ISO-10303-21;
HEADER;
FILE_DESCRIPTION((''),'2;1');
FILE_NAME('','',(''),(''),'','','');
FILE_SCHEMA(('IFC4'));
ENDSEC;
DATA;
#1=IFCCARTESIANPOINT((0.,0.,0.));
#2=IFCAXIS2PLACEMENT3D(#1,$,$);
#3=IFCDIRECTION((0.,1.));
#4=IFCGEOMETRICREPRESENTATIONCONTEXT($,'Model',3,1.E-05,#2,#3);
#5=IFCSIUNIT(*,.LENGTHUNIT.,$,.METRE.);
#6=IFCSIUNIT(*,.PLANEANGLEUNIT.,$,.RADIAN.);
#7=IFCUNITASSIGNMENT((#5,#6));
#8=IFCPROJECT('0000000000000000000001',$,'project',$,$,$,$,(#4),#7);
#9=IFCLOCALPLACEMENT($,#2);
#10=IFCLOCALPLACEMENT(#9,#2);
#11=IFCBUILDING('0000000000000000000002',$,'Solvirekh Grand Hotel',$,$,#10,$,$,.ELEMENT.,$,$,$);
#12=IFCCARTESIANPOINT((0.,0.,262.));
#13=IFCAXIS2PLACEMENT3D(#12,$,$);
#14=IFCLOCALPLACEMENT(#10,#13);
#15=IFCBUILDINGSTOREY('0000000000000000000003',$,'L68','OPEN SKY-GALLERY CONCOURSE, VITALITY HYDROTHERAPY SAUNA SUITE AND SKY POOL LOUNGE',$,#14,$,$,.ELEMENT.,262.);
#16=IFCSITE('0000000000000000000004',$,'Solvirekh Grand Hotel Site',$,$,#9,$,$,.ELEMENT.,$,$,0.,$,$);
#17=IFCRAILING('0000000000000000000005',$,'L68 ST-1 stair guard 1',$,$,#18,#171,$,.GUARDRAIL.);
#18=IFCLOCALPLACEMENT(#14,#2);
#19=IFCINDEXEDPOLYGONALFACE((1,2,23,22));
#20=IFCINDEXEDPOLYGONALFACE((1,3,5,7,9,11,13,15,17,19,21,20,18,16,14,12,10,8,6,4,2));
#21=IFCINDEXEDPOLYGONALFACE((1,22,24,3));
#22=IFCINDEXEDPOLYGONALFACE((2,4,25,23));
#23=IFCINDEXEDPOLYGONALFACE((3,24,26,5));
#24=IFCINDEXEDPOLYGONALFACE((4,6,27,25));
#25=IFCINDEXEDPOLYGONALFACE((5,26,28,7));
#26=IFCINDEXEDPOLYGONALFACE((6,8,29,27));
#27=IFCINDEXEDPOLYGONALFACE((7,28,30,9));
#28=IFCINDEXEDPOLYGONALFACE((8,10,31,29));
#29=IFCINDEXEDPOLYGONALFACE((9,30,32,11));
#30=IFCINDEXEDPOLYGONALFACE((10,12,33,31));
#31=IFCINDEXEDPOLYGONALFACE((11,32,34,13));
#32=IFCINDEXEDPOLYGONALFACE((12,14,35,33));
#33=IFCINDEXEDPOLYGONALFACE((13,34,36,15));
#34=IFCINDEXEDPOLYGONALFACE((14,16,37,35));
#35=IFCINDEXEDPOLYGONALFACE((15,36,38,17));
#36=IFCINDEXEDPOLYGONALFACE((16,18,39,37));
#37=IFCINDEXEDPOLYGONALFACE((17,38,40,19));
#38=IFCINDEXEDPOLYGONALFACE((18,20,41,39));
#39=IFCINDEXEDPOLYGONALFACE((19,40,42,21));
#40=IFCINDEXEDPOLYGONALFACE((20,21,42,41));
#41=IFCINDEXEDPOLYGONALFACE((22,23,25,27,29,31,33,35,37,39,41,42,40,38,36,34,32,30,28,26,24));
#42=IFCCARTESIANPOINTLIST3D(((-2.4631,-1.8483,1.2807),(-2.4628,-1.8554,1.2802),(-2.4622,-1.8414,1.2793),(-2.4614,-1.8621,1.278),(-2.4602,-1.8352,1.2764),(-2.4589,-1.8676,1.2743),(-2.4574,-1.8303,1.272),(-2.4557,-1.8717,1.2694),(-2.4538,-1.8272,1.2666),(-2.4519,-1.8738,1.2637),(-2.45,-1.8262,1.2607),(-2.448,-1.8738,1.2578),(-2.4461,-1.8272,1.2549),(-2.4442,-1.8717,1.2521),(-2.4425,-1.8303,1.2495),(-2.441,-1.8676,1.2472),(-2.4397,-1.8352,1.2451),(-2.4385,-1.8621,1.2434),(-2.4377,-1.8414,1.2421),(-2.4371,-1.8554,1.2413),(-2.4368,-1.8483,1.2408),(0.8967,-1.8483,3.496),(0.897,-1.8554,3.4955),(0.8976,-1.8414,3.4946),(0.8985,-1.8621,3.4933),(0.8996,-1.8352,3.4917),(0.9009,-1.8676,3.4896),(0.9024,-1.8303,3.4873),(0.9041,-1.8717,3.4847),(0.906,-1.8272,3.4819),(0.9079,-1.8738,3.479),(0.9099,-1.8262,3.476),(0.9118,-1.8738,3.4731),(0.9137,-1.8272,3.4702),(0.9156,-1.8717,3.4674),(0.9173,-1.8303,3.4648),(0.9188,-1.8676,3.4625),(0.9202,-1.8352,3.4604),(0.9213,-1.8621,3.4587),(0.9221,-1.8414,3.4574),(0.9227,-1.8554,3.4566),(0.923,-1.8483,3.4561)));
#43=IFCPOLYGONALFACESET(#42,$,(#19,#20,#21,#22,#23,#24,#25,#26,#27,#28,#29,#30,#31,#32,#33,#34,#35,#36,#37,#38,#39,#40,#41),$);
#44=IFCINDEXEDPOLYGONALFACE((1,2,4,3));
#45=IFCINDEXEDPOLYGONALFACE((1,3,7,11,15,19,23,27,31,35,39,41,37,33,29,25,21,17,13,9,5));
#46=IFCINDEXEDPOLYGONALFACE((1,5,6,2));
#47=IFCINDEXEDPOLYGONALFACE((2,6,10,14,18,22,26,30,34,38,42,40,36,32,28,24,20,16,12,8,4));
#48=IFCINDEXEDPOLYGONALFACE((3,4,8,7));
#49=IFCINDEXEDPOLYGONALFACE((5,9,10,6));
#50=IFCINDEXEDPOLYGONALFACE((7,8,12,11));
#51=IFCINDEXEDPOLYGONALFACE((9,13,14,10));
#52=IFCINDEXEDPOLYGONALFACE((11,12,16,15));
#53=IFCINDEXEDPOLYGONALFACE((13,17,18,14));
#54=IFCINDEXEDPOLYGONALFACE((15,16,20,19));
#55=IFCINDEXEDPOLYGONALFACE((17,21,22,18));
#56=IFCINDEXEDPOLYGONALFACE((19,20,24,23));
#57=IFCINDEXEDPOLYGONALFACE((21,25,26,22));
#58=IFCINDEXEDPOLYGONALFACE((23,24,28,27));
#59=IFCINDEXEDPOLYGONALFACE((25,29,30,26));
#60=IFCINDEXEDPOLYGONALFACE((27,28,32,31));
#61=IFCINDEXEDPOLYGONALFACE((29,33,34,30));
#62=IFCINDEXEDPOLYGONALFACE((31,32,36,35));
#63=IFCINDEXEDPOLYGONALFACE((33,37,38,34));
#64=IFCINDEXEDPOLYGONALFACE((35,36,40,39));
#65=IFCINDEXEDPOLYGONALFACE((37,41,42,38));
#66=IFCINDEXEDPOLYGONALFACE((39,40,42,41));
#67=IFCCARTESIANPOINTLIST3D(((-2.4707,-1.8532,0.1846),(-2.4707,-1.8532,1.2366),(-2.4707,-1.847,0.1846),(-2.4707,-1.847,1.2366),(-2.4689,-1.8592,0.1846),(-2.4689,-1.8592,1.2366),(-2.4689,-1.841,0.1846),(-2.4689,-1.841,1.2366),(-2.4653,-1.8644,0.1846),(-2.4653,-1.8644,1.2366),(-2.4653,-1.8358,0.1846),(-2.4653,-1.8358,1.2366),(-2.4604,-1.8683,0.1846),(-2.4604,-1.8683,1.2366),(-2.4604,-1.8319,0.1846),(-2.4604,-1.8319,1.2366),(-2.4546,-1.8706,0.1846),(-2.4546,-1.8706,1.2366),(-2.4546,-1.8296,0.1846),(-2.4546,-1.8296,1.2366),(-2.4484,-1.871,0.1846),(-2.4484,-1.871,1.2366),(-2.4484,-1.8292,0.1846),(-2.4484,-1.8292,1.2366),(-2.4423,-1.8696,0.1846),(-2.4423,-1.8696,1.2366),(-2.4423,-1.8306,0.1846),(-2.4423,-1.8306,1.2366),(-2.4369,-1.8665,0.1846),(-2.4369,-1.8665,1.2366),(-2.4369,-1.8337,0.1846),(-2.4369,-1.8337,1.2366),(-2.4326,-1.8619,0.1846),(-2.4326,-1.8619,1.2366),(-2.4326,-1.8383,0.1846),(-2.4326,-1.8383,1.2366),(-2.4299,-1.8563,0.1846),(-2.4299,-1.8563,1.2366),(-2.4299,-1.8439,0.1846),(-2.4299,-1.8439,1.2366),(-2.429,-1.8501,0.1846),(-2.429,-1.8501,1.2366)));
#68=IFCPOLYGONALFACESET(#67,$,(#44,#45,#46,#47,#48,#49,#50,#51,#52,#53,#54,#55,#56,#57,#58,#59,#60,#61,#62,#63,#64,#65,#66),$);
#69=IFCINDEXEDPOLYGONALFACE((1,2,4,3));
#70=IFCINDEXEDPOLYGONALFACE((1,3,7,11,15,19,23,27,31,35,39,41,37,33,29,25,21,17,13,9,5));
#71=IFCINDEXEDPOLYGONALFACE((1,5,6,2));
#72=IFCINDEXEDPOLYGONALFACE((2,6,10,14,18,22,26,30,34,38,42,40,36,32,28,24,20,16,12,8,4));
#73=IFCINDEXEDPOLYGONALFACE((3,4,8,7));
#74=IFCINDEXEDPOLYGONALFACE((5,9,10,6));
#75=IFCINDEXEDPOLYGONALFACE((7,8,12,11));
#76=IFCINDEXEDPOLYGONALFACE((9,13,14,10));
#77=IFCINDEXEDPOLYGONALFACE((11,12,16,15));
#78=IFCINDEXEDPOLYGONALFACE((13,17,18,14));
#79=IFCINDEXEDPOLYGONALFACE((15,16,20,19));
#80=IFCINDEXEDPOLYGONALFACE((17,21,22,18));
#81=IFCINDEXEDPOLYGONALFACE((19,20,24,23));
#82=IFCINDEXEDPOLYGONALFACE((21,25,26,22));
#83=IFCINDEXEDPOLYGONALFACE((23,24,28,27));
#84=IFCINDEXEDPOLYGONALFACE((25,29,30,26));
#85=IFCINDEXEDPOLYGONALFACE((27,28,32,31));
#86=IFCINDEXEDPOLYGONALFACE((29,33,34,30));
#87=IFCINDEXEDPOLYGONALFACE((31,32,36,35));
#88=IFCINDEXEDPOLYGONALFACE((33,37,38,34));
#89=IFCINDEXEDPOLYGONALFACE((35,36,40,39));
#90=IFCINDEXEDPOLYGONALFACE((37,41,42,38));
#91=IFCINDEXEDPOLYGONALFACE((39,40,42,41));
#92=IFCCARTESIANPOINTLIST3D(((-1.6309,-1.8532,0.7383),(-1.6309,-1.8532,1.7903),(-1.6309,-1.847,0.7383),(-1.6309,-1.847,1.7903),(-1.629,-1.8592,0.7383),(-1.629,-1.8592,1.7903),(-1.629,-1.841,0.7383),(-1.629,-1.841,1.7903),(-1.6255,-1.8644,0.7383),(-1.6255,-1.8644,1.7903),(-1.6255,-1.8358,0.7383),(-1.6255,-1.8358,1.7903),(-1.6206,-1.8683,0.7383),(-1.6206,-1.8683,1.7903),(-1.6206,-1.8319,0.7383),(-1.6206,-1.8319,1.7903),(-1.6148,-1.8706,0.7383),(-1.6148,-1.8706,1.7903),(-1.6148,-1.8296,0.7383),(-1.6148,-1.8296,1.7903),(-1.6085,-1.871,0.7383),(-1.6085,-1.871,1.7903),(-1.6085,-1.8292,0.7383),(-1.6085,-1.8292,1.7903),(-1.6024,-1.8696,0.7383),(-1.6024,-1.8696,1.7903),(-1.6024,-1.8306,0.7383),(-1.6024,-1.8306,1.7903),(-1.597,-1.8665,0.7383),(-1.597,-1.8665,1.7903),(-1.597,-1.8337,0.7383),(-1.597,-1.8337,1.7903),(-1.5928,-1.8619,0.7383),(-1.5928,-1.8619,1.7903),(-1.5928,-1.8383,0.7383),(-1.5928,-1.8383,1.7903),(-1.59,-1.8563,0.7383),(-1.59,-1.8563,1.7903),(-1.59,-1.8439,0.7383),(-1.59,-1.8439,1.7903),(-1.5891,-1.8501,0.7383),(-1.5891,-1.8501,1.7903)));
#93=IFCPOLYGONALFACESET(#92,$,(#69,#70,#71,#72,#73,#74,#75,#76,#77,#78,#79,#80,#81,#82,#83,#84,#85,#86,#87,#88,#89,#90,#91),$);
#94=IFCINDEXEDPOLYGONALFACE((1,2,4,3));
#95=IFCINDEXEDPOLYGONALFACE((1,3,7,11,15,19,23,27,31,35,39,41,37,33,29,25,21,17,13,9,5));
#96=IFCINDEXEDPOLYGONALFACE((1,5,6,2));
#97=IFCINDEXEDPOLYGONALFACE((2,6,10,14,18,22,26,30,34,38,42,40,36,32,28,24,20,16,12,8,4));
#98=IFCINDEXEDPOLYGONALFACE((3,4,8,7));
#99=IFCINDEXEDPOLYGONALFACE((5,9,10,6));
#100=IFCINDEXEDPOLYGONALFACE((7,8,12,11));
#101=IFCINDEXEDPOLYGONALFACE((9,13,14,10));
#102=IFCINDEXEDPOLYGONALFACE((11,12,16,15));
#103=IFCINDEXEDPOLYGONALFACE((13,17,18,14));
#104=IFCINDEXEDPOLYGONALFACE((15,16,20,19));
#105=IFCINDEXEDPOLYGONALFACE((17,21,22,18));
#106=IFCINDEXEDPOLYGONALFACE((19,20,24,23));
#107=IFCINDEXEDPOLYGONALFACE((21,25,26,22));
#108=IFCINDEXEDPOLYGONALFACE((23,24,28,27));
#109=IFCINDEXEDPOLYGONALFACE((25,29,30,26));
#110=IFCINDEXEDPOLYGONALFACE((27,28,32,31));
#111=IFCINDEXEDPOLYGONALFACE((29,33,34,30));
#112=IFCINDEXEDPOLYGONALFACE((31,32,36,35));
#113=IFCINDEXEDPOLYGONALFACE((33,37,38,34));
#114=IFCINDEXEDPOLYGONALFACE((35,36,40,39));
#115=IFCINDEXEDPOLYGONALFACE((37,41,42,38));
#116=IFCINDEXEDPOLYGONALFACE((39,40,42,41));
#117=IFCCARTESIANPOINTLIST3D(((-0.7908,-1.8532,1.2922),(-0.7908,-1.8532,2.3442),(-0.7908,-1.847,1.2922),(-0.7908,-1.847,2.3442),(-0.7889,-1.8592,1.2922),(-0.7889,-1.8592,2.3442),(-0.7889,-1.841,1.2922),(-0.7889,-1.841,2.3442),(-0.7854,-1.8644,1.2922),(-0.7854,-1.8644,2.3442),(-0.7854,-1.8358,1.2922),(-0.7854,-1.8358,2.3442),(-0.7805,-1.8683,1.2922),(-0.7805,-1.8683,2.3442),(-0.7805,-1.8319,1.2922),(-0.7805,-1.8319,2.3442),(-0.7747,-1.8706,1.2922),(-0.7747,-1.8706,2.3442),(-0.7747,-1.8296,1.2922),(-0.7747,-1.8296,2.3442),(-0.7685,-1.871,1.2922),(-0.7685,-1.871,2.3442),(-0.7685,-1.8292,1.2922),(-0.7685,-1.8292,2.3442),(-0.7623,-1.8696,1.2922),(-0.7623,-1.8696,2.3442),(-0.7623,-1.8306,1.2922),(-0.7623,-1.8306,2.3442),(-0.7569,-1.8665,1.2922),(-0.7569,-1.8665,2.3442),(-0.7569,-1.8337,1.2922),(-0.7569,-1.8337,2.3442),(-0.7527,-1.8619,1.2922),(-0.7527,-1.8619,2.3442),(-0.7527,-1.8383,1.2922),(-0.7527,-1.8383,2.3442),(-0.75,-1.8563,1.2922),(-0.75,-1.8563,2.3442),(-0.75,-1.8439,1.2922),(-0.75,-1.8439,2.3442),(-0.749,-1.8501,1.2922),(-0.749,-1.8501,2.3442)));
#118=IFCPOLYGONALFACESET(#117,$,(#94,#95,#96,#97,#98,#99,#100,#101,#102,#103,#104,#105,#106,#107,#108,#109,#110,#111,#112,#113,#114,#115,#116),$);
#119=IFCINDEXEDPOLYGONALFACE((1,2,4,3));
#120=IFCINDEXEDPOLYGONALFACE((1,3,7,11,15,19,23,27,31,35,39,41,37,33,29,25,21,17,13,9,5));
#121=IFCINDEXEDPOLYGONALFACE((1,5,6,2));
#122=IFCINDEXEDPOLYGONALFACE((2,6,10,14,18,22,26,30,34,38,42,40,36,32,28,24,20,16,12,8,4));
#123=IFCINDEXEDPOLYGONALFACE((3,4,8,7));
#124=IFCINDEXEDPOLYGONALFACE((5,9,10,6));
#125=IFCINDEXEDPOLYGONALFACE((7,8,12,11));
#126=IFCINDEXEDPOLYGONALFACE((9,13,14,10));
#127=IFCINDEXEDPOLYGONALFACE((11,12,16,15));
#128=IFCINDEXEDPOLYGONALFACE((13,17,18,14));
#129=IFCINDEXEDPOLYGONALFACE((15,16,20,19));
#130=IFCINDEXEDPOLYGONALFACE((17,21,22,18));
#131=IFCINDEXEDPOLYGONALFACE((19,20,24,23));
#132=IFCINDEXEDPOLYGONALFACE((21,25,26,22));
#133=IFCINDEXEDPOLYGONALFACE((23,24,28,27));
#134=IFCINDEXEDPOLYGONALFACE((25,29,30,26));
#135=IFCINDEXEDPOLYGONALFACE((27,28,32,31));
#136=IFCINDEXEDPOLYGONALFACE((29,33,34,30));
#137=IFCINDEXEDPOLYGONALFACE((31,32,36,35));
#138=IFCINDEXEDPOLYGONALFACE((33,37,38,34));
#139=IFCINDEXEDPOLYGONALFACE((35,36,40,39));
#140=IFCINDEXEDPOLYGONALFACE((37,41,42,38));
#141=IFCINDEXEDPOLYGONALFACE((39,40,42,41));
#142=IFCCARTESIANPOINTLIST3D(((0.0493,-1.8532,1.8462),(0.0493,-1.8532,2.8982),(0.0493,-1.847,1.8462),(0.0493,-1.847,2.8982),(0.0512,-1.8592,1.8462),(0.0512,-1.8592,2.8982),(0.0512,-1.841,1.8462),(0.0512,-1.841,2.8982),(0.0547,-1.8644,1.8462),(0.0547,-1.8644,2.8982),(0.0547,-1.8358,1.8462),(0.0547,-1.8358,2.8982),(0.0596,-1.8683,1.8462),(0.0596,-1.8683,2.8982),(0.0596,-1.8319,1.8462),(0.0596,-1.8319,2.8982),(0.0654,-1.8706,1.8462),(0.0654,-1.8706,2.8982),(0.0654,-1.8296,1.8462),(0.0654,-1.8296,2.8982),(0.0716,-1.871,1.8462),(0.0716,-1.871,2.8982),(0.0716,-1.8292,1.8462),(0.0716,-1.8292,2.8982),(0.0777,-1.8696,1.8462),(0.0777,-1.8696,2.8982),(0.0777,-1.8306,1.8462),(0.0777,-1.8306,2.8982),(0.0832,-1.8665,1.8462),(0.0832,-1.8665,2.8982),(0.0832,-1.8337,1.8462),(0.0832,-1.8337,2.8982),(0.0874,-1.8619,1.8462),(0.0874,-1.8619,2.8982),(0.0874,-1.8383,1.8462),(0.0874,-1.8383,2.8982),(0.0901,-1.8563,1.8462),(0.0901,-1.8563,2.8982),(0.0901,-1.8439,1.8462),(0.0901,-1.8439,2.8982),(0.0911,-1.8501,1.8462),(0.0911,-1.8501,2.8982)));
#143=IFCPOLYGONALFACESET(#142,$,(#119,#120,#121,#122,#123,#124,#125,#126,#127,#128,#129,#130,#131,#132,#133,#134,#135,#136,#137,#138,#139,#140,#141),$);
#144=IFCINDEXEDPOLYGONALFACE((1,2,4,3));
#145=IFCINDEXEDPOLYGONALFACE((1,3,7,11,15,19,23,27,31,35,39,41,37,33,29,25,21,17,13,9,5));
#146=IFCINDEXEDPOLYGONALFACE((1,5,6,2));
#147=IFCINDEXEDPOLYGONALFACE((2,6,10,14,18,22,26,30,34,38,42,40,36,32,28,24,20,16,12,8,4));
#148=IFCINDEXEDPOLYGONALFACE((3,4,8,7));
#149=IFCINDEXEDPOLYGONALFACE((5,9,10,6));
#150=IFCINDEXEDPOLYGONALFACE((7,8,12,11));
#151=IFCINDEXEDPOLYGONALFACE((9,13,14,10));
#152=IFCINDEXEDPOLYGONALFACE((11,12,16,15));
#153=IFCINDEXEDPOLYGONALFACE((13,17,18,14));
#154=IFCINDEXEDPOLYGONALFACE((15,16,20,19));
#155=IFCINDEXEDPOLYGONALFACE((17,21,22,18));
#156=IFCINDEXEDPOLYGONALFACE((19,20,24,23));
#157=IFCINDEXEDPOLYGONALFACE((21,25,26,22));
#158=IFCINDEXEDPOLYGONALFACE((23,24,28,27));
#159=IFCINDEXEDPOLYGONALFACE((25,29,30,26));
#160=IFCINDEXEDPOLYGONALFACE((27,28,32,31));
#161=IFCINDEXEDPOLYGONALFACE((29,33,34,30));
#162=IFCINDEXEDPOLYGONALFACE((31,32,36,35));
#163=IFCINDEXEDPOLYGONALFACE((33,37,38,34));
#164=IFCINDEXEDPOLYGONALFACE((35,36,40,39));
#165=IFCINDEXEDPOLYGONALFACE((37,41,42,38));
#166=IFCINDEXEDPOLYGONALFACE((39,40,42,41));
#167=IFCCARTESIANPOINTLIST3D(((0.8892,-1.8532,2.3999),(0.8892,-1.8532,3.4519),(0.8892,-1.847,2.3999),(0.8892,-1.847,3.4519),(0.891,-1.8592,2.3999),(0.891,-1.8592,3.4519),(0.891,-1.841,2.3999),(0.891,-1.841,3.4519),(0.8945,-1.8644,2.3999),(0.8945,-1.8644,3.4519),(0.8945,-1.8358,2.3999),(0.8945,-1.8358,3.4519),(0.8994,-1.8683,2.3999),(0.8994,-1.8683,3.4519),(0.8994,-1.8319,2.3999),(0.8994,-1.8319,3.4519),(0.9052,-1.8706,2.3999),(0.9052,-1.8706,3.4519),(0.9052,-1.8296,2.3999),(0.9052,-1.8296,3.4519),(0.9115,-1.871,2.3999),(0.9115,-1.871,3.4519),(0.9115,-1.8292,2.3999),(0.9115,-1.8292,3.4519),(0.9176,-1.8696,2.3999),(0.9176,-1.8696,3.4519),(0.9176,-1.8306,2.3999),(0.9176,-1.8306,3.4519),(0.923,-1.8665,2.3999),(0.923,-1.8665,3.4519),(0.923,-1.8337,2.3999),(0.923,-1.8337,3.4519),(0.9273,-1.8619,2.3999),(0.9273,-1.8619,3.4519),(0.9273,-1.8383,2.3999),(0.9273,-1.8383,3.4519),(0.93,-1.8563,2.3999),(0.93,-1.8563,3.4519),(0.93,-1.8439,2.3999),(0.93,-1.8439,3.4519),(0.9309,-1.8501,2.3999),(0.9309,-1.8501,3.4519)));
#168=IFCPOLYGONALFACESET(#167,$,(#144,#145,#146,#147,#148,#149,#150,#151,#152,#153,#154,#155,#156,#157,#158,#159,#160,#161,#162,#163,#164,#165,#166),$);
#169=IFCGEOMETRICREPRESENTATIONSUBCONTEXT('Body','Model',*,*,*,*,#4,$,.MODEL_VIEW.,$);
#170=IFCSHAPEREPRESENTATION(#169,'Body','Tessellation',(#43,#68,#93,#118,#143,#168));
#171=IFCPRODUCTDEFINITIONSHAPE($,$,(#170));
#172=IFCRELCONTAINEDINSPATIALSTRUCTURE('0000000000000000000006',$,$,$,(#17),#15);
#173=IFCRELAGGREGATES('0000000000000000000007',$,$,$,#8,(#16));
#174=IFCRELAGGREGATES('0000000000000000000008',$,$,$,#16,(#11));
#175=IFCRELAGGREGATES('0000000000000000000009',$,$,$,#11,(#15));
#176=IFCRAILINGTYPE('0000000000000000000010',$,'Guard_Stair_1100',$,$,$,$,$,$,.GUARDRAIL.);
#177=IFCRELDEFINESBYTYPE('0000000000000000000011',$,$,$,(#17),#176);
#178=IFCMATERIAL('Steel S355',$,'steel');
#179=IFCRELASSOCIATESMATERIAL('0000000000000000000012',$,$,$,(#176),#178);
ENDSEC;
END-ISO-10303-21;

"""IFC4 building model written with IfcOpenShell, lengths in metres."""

from ifc_helpers import new_model, si_unit, direction, frame, origin, origin_2d, place, context, subcontext, project, spatial, circle, extrude, material, type_object, element, save


model = new_model("IFC4")

# Units and contexts
model_context = context("Model", 3, precision=1e-05, world=origin(), true_north=direction((0.0, 1.0)))
body_context = subcontext(model_context, "Body", "Model", "MODEL_VIEW")
ifc_project = project(units=[si_unit("LENGTHUNIT", "METRE"), si_unit("PLANEANGLEUNIT", "RADIAN")], contexts=[model_context])

# Site, building, storey
site_placement = place(None, origin())
site = spatial("IfcSite", under=ifc_project, at=site_placement, Name="Solvirekh Grand Hotel Site", CompositionType="ELEMENT", RefElevation=0.0)
building_placement = place(site_placement, origin())
building = spatial("IfcBuilding", under=site, at=building_placement, Name="Solvirekh Grand Hotel", CompositionType="ELEMENT")
storey_placement = place(building_placement, frame((0.0, 0.0, 262.0)))
storey = spatial("IfcBuildingStorey", under=building, at=storey_placement, Name="L68", Description="OPEN SKY-GALLERY CONCOURSE, VITALITY HYDROTHERAPY SAUNA SUITE AND SKY POOL LOUNGE", CompositionType="ELEMENT", Elevation=262.0)

# Shared definitions
ifc_material_1 = material(Name="Steel S355", Category="steel")

# Railing
railing_type_1 = type_object("IfcRailingType", Name="Guard_Stair_1100", PredefinedType="GUARDRAIL", material=ifc_material_1)
railing_1_placement = place(storey_placement, frame((-2.45, -1.8501, 0.1846)))
element("IfcRailing", 1, at=railing_1_placement, inside=storey, type_object=railing_type_1, Name="L68 ST-1 stair guard 1", PredefinedType="GUARDRAIL", context=body_context, shape_type="SweptSolid", body=[
    extrude(circle(Radius=0.0239, at=origin_2d()), frame((0.0, 0.0, 1.0762), z_axis=(0.834858, 0.0, 0.550465), x_axis=(0.0, 1.0, 0.0)), (0.0, 0.0, 1.0), 4.0244),
    extrude(circle(Radius=0.021, at=origin_2d()), origin(), (0.0, 0.0, 1.0), 1.052),
    extrude(circle(Radius=0.021, at=origin_2d()), frame((0.8398, 0.0, 0.5537)), (0.0, 0.0, 1.0), 1.052),
    extrude(circle(Radius=0.021, at=origin_2d()), frame((1.6799, 0.0, 1.1077)), (0.0, 0.0, 1.0), 1.052),
    extrude(circle(Radius=0.021, at=origin_2d()), frame((2.52, 0.0, 1.6616)), (0.0, 0.0, 1.0), 1.052),
    extrude(circle(Radius=0.021, at=origin_2d()), frame((3.3599, 0.0, 2.2153)), (0.0, 0.0, 1.0), 1.052),
])

save(model, "model.ifc")
